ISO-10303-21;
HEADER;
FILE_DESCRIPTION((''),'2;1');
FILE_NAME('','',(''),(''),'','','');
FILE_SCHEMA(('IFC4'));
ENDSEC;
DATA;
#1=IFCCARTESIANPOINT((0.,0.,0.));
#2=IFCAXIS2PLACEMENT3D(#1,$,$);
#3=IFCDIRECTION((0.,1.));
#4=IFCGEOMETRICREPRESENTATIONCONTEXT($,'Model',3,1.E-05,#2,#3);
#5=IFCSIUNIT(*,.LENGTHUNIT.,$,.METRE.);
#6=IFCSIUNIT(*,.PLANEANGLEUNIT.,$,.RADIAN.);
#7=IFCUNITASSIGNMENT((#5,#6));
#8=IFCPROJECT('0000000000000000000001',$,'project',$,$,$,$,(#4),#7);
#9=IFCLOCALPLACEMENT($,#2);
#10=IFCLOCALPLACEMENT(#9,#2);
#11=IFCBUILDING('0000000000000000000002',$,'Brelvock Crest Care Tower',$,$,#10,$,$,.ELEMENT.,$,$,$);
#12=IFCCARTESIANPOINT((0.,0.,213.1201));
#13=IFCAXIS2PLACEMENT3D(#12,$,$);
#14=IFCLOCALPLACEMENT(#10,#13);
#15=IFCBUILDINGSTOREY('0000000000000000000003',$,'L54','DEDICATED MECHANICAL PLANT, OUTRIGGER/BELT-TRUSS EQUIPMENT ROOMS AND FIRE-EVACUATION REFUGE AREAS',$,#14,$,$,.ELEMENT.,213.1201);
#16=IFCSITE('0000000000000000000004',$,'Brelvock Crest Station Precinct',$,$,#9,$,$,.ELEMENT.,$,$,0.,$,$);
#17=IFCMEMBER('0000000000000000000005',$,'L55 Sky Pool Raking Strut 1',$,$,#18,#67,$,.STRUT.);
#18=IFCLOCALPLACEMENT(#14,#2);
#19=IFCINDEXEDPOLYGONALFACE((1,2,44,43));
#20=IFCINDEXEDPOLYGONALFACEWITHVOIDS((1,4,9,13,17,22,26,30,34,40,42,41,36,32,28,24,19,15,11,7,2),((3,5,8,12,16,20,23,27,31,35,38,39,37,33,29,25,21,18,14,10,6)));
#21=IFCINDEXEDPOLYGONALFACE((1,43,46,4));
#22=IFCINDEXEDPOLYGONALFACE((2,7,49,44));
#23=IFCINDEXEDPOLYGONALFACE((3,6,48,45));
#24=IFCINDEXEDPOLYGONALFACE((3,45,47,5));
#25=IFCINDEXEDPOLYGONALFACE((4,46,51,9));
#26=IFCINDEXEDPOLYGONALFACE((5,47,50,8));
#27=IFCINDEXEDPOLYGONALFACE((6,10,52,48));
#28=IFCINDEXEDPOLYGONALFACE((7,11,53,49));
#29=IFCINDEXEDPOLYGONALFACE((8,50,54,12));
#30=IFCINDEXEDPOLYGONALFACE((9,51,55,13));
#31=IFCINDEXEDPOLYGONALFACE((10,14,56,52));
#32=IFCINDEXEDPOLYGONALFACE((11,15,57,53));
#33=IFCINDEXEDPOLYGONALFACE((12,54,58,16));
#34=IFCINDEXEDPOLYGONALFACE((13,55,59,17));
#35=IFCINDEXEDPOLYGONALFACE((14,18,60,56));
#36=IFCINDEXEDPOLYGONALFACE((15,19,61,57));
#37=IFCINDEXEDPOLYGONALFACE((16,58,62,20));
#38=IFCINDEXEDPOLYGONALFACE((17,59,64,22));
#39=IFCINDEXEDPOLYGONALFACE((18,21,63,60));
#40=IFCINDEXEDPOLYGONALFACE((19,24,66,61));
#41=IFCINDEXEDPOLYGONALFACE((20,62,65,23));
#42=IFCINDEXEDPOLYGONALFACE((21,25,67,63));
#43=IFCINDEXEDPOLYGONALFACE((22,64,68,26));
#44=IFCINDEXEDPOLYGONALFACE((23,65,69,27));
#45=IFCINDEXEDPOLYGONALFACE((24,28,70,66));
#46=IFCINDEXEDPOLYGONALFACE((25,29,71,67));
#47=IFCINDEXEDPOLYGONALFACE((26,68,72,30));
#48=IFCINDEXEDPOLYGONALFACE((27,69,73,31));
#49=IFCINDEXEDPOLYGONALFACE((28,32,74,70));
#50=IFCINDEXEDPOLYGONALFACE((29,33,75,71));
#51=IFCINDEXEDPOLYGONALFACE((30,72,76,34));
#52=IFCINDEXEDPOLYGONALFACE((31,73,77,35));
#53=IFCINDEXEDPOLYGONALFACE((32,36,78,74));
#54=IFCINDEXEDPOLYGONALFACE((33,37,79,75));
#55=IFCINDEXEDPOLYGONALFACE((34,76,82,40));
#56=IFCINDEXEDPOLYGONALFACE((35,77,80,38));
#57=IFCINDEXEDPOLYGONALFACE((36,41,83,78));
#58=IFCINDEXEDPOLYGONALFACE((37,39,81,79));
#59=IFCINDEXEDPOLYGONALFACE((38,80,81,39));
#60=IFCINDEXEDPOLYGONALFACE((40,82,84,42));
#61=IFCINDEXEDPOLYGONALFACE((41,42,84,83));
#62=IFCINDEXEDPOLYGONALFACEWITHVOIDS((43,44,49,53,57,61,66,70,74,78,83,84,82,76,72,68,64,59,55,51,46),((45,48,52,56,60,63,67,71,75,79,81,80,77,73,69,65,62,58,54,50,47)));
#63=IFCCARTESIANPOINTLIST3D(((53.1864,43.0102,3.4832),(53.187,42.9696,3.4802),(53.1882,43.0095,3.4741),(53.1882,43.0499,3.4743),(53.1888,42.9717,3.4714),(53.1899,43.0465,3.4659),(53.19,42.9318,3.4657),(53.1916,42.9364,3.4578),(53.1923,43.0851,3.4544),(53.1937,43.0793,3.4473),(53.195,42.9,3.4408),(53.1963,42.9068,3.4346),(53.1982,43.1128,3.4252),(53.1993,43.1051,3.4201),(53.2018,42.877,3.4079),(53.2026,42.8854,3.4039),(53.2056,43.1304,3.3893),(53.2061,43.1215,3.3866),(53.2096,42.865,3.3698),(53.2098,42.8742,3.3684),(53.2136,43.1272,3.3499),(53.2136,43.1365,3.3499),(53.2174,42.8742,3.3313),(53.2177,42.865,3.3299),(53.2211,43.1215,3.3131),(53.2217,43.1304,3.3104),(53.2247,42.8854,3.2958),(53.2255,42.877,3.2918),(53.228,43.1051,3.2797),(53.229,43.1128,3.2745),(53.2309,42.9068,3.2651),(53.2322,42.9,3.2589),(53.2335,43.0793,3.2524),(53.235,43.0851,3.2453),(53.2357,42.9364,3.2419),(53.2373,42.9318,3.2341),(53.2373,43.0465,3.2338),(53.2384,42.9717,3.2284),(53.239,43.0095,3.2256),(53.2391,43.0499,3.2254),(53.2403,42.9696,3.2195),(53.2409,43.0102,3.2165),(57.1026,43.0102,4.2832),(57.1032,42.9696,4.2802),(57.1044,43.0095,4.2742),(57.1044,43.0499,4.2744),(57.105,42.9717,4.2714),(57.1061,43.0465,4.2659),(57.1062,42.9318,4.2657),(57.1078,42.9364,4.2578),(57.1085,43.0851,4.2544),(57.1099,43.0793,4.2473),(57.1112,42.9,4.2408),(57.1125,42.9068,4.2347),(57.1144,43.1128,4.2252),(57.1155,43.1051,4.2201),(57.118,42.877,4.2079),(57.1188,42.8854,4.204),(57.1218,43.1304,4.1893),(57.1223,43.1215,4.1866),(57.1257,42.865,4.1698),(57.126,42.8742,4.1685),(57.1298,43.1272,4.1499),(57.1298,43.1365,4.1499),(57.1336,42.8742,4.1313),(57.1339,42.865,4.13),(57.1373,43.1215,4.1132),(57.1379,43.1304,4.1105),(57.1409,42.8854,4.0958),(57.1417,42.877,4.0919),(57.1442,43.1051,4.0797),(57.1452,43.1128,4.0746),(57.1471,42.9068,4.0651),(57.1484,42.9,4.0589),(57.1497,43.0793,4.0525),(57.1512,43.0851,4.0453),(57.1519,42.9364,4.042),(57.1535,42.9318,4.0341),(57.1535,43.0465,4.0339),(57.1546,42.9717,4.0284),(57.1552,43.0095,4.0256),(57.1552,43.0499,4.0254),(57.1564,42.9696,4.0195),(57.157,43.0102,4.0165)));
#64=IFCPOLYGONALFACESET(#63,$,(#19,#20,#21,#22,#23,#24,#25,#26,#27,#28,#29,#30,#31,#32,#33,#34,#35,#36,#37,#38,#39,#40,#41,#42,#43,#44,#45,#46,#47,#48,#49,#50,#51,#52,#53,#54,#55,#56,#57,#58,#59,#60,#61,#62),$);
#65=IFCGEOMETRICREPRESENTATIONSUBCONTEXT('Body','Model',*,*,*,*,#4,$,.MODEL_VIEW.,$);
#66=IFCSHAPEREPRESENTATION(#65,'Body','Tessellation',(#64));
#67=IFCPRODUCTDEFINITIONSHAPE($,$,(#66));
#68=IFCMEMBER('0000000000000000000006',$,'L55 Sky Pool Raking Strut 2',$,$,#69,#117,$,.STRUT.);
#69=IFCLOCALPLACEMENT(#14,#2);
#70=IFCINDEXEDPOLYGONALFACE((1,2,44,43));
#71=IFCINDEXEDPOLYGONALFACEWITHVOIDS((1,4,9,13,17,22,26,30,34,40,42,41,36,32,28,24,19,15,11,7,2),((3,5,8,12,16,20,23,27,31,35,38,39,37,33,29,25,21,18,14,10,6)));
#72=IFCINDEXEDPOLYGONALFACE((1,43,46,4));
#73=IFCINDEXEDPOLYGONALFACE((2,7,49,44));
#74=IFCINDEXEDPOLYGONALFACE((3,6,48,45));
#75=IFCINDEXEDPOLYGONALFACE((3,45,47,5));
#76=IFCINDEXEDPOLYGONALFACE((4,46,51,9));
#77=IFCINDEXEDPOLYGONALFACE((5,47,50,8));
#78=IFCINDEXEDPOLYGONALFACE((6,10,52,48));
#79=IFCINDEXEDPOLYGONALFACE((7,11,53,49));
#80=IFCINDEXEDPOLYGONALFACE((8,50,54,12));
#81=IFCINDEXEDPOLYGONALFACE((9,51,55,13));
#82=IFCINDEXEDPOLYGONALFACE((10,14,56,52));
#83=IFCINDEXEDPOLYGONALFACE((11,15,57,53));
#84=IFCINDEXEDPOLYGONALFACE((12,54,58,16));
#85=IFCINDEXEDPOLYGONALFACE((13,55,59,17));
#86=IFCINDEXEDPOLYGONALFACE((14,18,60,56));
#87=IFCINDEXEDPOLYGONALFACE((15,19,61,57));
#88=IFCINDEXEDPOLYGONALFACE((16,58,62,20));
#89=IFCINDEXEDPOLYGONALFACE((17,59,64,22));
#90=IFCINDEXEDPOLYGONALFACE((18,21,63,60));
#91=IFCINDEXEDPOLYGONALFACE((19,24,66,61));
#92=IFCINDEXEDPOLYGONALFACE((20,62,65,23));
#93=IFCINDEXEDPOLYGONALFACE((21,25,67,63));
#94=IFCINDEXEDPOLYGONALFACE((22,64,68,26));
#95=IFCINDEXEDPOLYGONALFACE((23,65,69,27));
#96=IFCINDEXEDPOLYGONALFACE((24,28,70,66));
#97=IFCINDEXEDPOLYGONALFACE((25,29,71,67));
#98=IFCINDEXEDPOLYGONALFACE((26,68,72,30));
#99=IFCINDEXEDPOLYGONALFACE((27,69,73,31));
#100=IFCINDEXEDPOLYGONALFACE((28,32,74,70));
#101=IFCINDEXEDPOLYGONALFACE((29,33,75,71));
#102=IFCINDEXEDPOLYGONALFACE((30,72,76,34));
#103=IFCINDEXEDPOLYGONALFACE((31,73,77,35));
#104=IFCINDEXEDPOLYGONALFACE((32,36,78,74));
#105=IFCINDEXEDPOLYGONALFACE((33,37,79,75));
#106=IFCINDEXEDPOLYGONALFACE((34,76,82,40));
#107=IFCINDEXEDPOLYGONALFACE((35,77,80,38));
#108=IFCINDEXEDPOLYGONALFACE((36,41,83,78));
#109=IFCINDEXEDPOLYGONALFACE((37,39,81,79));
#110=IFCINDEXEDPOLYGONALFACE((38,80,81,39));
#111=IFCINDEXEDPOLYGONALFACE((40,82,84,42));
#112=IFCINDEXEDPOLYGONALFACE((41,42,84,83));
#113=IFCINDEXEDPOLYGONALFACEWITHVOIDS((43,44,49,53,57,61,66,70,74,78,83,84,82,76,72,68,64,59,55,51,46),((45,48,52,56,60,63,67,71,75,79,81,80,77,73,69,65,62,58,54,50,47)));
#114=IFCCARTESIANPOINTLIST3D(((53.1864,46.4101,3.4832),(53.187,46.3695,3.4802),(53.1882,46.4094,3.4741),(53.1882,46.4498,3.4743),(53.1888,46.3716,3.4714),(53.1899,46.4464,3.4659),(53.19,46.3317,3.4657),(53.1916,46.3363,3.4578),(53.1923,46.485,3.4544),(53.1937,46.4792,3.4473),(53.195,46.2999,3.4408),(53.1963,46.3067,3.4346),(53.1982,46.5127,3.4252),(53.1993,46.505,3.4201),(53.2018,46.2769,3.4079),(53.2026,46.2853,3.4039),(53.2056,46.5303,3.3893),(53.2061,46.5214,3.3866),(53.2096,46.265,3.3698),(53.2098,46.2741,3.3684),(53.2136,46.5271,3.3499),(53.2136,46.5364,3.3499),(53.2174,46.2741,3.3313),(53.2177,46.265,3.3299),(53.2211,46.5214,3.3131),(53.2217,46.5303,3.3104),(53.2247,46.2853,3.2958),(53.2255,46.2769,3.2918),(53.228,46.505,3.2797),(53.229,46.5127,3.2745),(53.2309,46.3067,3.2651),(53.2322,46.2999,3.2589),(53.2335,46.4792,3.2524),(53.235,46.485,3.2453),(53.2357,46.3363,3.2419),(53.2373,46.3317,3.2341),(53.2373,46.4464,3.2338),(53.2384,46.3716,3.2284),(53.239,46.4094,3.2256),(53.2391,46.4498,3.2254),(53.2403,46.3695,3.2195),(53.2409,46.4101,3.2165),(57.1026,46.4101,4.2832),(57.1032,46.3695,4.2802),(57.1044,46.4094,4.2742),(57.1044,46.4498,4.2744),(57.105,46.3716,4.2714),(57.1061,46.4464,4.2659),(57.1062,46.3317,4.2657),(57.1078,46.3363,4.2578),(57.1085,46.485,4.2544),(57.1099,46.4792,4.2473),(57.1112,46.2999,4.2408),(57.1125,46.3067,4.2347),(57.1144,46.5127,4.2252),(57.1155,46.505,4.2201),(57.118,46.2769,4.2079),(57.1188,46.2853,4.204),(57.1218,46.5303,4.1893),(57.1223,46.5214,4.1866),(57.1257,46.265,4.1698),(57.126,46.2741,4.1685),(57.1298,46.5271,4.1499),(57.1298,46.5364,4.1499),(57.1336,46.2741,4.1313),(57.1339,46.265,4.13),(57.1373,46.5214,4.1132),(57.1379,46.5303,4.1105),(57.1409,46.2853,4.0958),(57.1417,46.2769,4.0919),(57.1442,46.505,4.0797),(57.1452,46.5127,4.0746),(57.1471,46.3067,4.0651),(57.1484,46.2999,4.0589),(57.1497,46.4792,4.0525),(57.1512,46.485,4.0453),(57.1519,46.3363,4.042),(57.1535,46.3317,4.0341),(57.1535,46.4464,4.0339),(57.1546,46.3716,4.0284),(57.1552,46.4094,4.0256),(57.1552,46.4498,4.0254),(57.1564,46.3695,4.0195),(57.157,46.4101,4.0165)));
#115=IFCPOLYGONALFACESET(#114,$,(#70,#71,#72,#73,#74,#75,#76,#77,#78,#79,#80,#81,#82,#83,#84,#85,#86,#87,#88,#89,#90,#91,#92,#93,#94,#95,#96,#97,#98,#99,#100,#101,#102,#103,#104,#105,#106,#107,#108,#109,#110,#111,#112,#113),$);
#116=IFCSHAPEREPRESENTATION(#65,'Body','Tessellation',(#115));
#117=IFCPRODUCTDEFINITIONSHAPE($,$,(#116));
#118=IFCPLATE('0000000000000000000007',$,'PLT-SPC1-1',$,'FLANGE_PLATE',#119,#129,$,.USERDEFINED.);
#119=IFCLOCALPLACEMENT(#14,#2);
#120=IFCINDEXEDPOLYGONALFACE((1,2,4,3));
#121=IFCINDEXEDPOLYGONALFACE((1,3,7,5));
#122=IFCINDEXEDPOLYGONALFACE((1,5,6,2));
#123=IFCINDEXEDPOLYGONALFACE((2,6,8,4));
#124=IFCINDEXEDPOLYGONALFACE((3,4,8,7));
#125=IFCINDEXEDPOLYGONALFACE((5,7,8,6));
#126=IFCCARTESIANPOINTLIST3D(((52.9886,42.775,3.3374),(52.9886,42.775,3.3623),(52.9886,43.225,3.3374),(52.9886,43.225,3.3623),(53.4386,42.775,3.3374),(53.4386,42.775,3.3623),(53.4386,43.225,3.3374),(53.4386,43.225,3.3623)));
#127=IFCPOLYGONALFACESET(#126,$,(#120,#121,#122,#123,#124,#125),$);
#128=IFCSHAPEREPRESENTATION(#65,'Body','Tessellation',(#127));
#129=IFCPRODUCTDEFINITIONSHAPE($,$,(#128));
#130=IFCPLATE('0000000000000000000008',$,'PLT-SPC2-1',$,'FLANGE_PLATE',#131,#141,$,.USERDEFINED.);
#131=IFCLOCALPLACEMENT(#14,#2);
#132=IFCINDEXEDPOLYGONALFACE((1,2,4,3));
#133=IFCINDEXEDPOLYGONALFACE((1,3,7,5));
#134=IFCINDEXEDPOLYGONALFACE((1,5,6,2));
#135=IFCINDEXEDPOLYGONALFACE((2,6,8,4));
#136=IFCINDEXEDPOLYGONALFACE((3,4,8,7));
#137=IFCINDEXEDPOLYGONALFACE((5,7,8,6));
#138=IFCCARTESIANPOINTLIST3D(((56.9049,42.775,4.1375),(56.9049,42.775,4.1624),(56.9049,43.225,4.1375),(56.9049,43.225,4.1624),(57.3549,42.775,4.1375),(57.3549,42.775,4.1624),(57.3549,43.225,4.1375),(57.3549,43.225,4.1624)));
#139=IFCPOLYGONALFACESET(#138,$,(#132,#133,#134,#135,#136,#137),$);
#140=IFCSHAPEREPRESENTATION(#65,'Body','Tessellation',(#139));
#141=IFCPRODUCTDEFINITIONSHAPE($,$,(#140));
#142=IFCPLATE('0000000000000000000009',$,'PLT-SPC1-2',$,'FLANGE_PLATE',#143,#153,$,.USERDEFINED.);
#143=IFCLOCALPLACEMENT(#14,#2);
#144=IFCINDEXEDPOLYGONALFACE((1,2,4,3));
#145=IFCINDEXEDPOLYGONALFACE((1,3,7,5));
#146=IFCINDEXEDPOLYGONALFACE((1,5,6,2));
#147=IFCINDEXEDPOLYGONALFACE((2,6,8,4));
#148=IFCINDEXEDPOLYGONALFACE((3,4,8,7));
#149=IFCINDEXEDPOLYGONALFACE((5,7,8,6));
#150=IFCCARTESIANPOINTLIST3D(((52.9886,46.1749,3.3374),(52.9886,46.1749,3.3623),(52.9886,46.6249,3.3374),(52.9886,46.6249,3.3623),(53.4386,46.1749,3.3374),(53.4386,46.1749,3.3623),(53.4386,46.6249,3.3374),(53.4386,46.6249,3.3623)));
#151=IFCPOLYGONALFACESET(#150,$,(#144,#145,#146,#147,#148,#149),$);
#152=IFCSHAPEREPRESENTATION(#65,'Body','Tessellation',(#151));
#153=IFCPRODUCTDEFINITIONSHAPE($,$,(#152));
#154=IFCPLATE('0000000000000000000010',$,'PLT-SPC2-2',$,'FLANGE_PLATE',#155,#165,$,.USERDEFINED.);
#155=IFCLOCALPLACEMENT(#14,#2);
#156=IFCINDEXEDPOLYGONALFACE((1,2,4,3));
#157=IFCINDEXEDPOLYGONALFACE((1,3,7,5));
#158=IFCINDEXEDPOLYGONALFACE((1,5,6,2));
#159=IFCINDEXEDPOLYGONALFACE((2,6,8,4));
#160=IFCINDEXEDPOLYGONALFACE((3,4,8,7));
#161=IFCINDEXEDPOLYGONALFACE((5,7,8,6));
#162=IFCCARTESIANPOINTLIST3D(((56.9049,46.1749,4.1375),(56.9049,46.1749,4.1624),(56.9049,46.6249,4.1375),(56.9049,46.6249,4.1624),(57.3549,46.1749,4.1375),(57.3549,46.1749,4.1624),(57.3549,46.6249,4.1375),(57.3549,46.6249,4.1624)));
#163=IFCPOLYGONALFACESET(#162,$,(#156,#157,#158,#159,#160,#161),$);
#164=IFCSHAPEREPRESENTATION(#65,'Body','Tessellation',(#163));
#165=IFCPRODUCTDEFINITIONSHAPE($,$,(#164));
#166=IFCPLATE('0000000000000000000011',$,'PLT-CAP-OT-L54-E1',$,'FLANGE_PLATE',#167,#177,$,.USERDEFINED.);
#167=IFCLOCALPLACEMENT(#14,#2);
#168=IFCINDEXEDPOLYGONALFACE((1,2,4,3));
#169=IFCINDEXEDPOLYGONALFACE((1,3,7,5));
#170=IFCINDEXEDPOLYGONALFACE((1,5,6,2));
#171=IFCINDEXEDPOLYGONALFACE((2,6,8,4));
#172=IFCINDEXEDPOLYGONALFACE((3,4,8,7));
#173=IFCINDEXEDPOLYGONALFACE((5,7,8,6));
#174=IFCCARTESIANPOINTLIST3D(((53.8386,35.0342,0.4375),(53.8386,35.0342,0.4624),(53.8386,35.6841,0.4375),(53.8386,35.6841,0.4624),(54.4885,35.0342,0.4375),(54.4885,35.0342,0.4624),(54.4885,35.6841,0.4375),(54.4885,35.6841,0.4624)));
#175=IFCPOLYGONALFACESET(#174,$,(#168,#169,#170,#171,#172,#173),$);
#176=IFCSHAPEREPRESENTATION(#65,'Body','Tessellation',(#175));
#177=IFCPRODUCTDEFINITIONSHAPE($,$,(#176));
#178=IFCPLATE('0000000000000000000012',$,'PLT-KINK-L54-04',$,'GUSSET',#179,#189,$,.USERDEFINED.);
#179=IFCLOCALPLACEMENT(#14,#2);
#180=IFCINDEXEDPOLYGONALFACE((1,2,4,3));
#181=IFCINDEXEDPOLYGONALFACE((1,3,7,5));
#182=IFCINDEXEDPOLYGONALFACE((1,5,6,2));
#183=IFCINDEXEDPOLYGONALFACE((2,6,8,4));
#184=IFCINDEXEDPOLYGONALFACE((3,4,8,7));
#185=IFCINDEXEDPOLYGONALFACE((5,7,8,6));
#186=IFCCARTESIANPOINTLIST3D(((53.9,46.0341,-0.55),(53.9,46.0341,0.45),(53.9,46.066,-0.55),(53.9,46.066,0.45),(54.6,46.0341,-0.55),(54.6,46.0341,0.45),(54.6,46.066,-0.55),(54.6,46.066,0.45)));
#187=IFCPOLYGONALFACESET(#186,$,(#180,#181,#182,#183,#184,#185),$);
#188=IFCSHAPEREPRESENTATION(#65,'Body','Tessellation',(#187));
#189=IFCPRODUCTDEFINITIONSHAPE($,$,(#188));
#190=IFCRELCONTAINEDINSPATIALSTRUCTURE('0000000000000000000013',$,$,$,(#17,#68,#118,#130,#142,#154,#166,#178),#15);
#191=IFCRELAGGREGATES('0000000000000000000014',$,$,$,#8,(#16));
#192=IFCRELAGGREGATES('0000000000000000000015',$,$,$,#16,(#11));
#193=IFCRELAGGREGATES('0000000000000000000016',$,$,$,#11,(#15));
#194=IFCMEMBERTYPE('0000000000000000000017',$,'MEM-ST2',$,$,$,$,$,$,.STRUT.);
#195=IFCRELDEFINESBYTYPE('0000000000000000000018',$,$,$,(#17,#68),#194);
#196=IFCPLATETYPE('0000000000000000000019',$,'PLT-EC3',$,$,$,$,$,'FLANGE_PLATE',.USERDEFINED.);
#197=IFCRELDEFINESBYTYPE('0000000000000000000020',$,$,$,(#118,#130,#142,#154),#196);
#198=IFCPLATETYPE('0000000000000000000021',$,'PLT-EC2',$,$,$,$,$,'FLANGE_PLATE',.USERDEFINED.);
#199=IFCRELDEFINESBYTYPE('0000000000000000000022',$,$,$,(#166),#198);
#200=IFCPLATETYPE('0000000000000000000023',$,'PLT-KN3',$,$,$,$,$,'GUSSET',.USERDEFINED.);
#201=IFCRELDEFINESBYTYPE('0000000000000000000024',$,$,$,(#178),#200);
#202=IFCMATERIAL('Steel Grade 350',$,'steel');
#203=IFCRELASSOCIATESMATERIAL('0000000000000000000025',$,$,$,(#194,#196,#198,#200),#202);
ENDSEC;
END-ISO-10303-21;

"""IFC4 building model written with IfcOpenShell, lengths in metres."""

from ifc_helpers import new_model, si_unit, direction, frame, origin, origin_2d, place, context, subcontext, project, spatial, rectangle, hollow_circle, extrude, source, transform, mapped, material, material_profile, profile_set, type_object, element, save


model = new_model("IFC4")

# Units and contexts
model_context = context("Model", 3, precision=1e-05, world=origin(), true_north=direction((0.0, 1.0)))
body_context = subcontext(model_context, "Body", "Model", "MODEL_VIEW")
ifc_project = project(units=[si_unit("LENGTHUNIT", "METRE"), si_unit("PLANEANGLEUNIT", "RADIAN")], contexts=[model_context])

# Site, building, storey
site_placement = place(None, origin())
site = spatial("IfcSite", under=ifc_project, at=site_placement, Name="Brelvock Crest Station Precinct", CompositionType="ELEMENT", RefElevation=0.0)
building_placement = place(site_placement, origin())
building = spatial("IfcBuilding", under=site, at=building_placement, Name="Brelvock Crest Care Tower", CompositionType="ELEMENT")
storey_placement = place(building_placement, frame((0.0, 0.0, 213.1201)))
storey = spatial("IfcBuildingStorey", under=building, at=storey_placement, Name="L54", Description="DEDICATED MECHANICAL PLANT, OUTRIGGER/BELT-TRUSS EQUIPMENT ROOMS AND FIRE-EVACUATION REFUGE AREAS", CompositionType="ELEMENT", Elevation=213.1201)

# Shared definitions
ifc_material_1 = material(Name="Steel Grade 350", Category="steel")

# Members
ifc_material_profile_1 = material_profile(ifc_material_1, hollow_circle(Radius=0.1365, WallThickness=0.0093, at=origin_2d()), Name="CHS273.1x9.3")
ifc_profile_set_1 = profile_set([ifc_material_profile_1], Name="Steel Grade 350")
member_type_1 = type_object("IfcMemberType", Name="MEM-ST2", PredefinedType="STRUT", material=ifc_profile_set_1)
shared_shape_1 = source(origin(), body_context, "Body", "SweptSolid", [
    extrude(hollow_circle(Radius=0.1365, WallThickness=0.0093, at=origin_2d()), origin(), (0.0, 0.0, 1.0), 3.9971),
])
for number, where, z_axis, x_axis, name in (
    (1, (53.2136, 43.0, 3.3499), (0.979764, 0.0, 0.200155), (0.0, 1.0, 0.0), "L55 Sky Pool Raking Strut 1"),
    (2, (53.2136, 46.3999, 3.3499), (0.979764, 0.0, 0.200155), (0.0, 1.0, 0.0), "L55 Sky Pool Raking Strut 2"),
):
    element("IfcMember", number, at=place(storey_placement, frame(where, z_axis=z_axis, x_axis=x_axis)), inside=storey, type_object=member_type_1, Name=name, PredefinedType="STRUT", context=body_context, shape_type="MappedRepresentation", body=[
        mapped(shared_shape_1, transform((0.0, 0.0, 0.0), x_axis=(1.0, 0.0, 0.0), y_axis=(0.0, 1.0, 0.0), z_axis=(0.0, 0.0, 1.0), scale=1.0)),
    ])

# Plates
plate_type_1 = type_object("IfcPlateType", Name="PLT-EC3", ElementType="FLANGE_PLATE", PredefinedType="USERDEFINED", material=ifc_material_1)
shared_shape_2 = source(origin(), body_context, "Body", "SweptSolid", [
    extrude(rectangle(XDim=0.45, YDim=0.45, at=origin_2d()), origin(), (0.0, 0.0, 1.0), 0.0249),
])
for number, where, z_axis, x_axis, name in (
    (3, (53.2136, 43.0, 3.3374), (0.0, 0.0, 1.0), (1.0, 0.0, 0.0), "PLT-SPC1-1"),
    (4, (57.1299, 43.0, 4.1375), (0.0, 0.0, 1.0), (1.0, 0.0, 0.0), "PLT-SPC2-1"),
    (5, (53.2136, 46.3999, 3.3374), (0.0, 0.0, 1.0), (1.0, 0.0, 0.0), "PLT-SPC1-2"),
    (6, (57.1299, 46.3999, 4.1375), (0.0, 0.0, 1.0), (1.0, 0.0, 0.0), "PLT-SPC2-2"),
):
    element("IfcPlate", number, at=place(storey_placement, frame(where, z_axis=z_axis, x_axis=x_axis)), inside=storey, type_object=plate_type_1, Name=name, ObjectType="FLANGE_PLATE", PredefinedType="USERDEFINED", context=body_context, shape_type="MappedRepresentation", body=[
        mapped(shared_shape_2, transform((0.0, 0.0, 0.0), x_axis=(1.0, 0.0, 0.0), y_axis=(0.0, 1.0, 0.0), z_axis=(0.0, 0.0, 1.0), scale=1.0)),
    ])
plate_type_2 = type_object("IfcPlateType", Name="PLT-EC2", ElementType="FLANGE_PLATE", PredefinedType="USERDEFINED", material=ifc_material_1)
shared_shape_3 = source(origin(), body_context, "Body", "SweptSolid", [
    extrude(rectangle(XDim=0.6499, YDim=0.6499, at=origin_2d()), origin(), (0.0, 0.0, 1.0), 0.0249),
])
plate_1_placement = place(storey_placement, frame((54.1636, 35.3591, 0.4375), z_axis=(0.0, 0.0, 1.0), x_axis=(1.0, 0.0, 0.0)))
element("IfcPlate", 7, at=plate_1_placement, inside=storey, type_object=plate_type_2, Name="PLT-CAP-OT-L54-E1", ObjectType="FLANGE_PLATE", PredefinedType="USERDEFINED", context=body_context, shape_type="MappedRepresentation", body=[
    mapped(shared_shape_3, transform((0.0, 0.0, 0.0), x_axis=(1.0, 0.0, 0.0), y_axis=(0.0, 1.0, 0.0), z_axis=(0.0, 0.0, 1.0), scale=1.0)),
])
plate_type_3 = type_object("IfcPlateType", Name="PLT-KN3", ElementType="GUSSET", PredefinedType="USERDEFINED", material=ifc_material_1)
shared_shape_4 = source(origin(), body_context, "Body", "SweptSolid", [
    extrude(rectangle(XDim=0.7, YDim=0.032, at=origin_2d()), origin(), (0.0, 0.0, 1.0), 1.0),
])
plate_2_placement = place(storey_placement, frame((54.25, 46.05, -0.55), z_axis=(0.0, 0.0, 1.0), x_axis=(1.0, 0.0, 0.0)))
element("IfcPlate", 8, at=plate_2_placement, inside=storey, type_object=plate_type_3, Name="PLT-KINK-L54-04", ObjectType="GUSSET", PredefinedType="USERDEFINED", context=body_context, shape_type="MappedRepresentation", body=[
    mapped(shared_shape_4, transform((0.0, 0.0, 0.0), x_axis=(1.0, 0.0, 0.0), y_axis=(0.0, 1.0, 0.0), z_axis=(0.0, 0.0, 1.0), scale=1.0)),
])

save(model, "model.ifc")
